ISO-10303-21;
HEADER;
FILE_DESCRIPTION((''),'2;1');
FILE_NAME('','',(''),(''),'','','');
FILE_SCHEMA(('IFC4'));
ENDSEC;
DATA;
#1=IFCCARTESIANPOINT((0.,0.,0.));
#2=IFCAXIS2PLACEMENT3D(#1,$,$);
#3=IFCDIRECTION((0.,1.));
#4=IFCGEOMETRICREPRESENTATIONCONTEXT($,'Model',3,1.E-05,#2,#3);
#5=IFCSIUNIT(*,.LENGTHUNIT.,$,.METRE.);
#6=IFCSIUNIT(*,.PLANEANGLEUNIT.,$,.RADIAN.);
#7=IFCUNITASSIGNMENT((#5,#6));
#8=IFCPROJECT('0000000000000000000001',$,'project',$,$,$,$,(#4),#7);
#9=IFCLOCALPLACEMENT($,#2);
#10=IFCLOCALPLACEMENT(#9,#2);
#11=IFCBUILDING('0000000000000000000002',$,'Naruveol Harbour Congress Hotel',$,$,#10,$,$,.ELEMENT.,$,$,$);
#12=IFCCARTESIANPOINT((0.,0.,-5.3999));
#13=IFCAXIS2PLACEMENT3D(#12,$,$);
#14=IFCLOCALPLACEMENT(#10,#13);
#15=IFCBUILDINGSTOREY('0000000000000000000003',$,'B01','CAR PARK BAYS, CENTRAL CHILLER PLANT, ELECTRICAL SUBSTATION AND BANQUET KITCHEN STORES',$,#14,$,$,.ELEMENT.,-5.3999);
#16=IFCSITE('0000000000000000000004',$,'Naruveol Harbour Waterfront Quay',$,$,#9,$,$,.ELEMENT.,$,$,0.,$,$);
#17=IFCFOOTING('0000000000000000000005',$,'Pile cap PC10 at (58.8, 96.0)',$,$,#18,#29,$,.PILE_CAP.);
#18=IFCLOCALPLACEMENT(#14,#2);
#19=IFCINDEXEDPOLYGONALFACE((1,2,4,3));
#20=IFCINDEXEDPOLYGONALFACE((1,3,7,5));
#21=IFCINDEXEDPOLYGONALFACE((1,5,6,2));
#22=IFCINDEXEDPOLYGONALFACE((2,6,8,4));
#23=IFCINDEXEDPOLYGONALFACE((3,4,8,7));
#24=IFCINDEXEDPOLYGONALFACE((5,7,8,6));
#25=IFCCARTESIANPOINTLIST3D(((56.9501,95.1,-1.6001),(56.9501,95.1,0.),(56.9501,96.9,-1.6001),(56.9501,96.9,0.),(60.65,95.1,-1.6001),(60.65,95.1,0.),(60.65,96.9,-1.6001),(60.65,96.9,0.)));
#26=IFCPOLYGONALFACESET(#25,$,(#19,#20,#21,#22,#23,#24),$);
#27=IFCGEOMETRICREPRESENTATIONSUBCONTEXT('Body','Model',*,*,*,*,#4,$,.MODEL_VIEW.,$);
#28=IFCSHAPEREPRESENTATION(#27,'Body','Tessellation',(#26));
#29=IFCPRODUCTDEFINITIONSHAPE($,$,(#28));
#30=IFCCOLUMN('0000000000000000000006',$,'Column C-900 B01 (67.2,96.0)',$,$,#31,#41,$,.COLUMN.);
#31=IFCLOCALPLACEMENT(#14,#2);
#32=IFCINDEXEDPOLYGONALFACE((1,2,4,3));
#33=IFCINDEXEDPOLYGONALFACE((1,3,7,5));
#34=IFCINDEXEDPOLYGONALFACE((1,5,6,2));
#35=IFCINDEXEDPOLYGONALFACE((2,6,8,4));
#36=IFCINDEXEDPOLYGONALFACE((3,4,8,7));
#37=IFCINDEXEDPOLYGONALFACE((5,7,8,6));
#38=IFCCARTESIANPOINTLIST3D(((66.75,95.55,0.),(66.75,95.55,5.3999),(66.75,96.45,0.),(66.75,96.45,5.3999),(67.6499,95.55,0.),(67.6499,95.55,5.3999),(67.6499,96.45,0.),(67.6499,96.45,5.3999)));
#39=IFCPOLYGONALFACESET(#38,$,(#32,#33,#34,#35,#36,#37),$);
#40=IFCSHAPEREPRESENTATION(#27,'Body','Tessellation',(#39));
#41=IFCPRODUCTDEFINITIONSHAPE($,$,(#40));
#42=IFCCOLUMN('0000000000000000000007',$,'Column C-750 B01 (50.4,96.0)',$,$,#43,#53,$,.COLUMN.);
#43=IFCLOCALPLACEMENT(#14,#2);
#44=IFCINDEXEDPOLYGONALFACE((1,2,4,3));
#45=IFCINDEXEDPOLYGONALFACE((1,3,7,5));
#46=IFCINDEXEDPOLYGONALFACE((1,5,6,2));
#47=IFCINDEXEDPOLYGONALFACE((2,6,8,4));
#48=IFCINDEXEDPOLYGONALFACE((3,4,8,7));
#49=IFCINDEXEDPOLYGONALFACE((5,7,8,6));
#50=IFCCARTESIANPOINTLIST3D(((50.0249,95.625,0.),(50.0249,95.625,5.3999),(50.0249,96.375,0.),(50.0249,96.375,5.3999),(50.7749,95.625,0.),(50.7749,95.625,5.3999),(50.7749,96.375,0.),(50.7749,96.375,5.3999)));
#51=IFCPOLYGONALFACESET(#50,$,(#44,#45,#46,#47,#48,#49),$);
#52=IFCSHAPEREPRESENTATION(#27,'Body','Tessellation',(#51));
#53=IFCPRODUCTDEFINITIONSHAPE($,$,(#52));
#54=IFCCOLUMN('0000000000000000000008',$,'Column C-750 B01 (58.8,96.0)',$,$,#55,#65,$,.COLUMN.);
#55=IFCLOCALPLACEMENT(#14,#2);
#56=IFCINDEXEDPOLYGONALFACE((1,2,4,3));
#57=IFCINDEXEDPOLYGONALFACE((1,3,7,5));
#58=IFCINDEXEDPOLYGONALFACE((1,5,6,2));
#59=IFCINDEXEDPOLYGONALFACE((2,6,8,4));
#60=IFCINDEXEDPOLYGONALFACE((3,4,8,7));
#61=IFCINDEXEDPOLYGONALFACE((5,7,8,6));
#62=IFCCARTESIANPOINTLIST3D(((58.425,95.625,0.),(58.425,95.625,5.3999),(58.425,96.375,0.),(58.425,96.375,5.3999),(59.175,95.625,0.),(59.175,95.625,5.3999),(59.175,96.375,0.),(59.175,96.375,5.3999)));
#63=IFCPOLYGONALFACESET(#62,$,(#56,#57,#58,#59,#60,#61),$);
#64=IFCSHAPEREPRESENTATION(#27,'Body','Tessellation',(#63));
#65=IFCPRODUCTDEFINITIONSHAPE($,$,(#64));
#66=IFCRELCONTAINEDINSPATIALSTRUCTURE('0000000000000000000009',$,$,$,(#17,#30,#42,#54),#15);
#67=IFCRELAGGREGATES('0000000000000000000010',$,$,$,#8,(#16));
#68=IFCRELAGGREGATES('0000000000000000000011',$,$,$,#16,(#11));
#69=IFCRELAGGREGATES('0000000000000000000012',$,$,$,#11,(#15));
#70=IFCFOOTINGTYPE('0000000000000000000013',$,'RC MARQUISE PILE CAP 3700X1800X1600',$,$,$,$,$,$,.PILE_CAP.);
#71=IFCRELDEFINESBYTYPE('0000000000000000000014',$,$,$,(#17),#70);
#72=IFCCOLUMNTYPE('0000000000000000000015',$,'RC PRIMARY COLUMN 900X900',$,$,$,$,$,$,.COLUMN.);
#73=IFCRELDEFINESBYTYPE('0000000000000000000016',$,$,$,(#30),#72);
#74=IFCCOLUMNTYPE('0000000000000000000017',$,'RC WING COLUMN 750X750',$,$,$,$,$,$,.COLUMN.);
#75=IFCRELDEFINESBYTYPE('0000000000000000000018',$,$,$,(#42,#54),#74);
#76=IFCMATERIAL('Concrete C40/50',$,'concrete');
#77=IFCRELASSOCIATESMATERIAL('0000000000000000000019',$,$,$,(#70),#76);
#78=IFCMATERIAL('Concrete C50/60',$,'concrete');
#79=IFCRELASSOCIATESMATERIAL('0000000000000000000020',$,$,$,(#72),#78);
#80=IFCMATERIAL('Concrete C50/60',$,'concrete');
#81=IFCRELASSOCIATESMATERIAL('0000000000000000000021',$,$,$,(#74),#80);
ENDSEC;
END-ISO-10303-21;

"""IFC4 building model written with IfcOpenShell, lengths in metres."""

from ifc_helpers import new_model, si_unit, direction, frame, origin, origin_2d, place, context, subcontext, project, spatial, rectangle, extrude, material, material_profile, profile_set, type_object, element, save


model = new_model("IFC4")

# Units and contexts
model_context = context("Model", 3, precision=1e-05, world=origin(), true_north=direction((0.0, 1.0)))
body_context = subcontext(model_context, "Body", "Model", "MODEL_VIEW")
ifc_project = project(units=[si_unit("LENGTHUNIT", "METRE"), si_unit("PLANEANGLEUNIT", "RADIAN")], contexts=[model_context])

# Site, building, storey
site_placement = place(None, origin())
site = spatial("IfcSite", under=ifc_project, at=site_placement, Name="Naruveol Harbour Waterfront Quay", CompositionType="ELEMENT", RefElevation=0.0)
building_placement = place(site_placement, origin())
building = spatial("IfcBuilding", under=site, at=building_placement, Name="Naruveol Harbour Congress Hotel", CompositionType="ELEMENT")
storey_placement = place(building_placement, frame((0.0, 0.0, -5.3999)))
storey = spatial("IfcBuildingStorey", under=building, at=storey_placement, Name="B01", Description="CAR PARK BAYS, CENTRAL CHILLER PLANT, ELECTRICAL SUBSTATION AND BANQUET KITCHEN STORES", CompositionType="ELEMENT", Elevation=-5.3999)

# Footing
ifc_material_1 = material(Name="Concrete C40/50", Category="concrete")
footing_type_1 = type_object("IfcFootingType", Name="RC MARQUISE PILE CAP 3700X1800X1600", PredefinedType="PILE_CAP", material=ifc_material_1)
for number, where, z_axis, x_axis, name in (
    (1, (58.8, 96.0, -1.6001), (0.0, 0.0, 1.0), (1.0, 0.0, 0.0), "Pile cap PC10 at (58.8, 96.0)"),
):
    element("IfcFooting", number, at=place(storey_placement, frame(where, z_axis=z_axis, x_axis=x_axis)), inside=storey, type_object=footing_type_1, Name=name, PredefinedType="PILE_CAP", context=body_context, shape_type="SweptSolid", body=[
        extrude(rectangle(XDim=3.7, YDim=1.8, at=origin_2d()), origin(), (0.0, 0.0, 1.0), 1.6001),
    ])

# Columns
ifc_material_2 = material(Name="Concrete C50/60", Category="concrete")
ifc_material_profile_1 = material_profile(ifc_material_2, rectangle(XDim=0.8999, YDim=0.8999, at=origin_2d()), Name="RC-900x900")
ifc_profile_set_1 = profile_set([ifc_material_profile_1], Name="Concrete C50/60")
column_type_1 = type_object("IfcColumnType", Name="RC PRIMARY COLUMN 900X900", PredefinedType="COLUMN", material=ifc_profile_set_1)
column_placement = place(storey_placement, frame((67.2, 96.0, 0.0), z_axis=(0.0, 0.0, 1.0), x_axis=(1.0, 0.0, 0.0)))
element("IfcColumn", 2, at=column_placement, inside=storey, type_object=column_type_1, Name="Column C-900 B01 (67.2,96.0)", PredefinedType="COLUMN", context=body_context, shape_type="SweptSolid", body=[
    extrude(rectangle(XDim=0.8999, YDim=0.8999, at=origin_2d()), origin(), (0.0, 0.0, 1.0), 5.3999),
])
ifc_material_3 = material(Name="Concrete C50/60", Category="concrete")
ifc_material_profile_2 = material_profile(ifc_material_3, rectangle(XDim=0.75, YDim=0.75, at=origin_2d()), Name="RC-750x750")
ifc_profile_set_2 = profile_set([ifc_material_profile_2], Name="Concrete C50/60")
column_type_2 = type_object("IfcColumnType", Name="RC WING COLUMN 750X750", PredefinedType="COLUMN", material=ifc_profile_set_2)
for number, where, z_axis, x_axis, name in (
    (3, (50.3999, 96.0, 0.0), (0.0, 0.0, 1.0), (1.0, 0.0, 0.0), "Column C-750 B01 (50.4,96.0)"),
    (4, (58.8, 96.0, 0.0), (0.0, 0.0, 1.0), (1.0, 0.0, 0.0), "Column C-750 B01 (58.8,96.0)"),
):
    element("IfcColumn", number, at=place(storey_placement, frame(where, z_axis=z_axis, x_axis=x_axis)), inside=storey, type_object=column_type_2, Name=name, PredefinedType="COLUMN", context=body_context, shape_type="SweptSolid", body=[
        extrude(rectangle(XDim=0.75, YDim=0.75, at=origin_2d()), origin(), (0.0, 0.0, 1.0), 5.3999),
    ])

save(model, "model.ifc")
